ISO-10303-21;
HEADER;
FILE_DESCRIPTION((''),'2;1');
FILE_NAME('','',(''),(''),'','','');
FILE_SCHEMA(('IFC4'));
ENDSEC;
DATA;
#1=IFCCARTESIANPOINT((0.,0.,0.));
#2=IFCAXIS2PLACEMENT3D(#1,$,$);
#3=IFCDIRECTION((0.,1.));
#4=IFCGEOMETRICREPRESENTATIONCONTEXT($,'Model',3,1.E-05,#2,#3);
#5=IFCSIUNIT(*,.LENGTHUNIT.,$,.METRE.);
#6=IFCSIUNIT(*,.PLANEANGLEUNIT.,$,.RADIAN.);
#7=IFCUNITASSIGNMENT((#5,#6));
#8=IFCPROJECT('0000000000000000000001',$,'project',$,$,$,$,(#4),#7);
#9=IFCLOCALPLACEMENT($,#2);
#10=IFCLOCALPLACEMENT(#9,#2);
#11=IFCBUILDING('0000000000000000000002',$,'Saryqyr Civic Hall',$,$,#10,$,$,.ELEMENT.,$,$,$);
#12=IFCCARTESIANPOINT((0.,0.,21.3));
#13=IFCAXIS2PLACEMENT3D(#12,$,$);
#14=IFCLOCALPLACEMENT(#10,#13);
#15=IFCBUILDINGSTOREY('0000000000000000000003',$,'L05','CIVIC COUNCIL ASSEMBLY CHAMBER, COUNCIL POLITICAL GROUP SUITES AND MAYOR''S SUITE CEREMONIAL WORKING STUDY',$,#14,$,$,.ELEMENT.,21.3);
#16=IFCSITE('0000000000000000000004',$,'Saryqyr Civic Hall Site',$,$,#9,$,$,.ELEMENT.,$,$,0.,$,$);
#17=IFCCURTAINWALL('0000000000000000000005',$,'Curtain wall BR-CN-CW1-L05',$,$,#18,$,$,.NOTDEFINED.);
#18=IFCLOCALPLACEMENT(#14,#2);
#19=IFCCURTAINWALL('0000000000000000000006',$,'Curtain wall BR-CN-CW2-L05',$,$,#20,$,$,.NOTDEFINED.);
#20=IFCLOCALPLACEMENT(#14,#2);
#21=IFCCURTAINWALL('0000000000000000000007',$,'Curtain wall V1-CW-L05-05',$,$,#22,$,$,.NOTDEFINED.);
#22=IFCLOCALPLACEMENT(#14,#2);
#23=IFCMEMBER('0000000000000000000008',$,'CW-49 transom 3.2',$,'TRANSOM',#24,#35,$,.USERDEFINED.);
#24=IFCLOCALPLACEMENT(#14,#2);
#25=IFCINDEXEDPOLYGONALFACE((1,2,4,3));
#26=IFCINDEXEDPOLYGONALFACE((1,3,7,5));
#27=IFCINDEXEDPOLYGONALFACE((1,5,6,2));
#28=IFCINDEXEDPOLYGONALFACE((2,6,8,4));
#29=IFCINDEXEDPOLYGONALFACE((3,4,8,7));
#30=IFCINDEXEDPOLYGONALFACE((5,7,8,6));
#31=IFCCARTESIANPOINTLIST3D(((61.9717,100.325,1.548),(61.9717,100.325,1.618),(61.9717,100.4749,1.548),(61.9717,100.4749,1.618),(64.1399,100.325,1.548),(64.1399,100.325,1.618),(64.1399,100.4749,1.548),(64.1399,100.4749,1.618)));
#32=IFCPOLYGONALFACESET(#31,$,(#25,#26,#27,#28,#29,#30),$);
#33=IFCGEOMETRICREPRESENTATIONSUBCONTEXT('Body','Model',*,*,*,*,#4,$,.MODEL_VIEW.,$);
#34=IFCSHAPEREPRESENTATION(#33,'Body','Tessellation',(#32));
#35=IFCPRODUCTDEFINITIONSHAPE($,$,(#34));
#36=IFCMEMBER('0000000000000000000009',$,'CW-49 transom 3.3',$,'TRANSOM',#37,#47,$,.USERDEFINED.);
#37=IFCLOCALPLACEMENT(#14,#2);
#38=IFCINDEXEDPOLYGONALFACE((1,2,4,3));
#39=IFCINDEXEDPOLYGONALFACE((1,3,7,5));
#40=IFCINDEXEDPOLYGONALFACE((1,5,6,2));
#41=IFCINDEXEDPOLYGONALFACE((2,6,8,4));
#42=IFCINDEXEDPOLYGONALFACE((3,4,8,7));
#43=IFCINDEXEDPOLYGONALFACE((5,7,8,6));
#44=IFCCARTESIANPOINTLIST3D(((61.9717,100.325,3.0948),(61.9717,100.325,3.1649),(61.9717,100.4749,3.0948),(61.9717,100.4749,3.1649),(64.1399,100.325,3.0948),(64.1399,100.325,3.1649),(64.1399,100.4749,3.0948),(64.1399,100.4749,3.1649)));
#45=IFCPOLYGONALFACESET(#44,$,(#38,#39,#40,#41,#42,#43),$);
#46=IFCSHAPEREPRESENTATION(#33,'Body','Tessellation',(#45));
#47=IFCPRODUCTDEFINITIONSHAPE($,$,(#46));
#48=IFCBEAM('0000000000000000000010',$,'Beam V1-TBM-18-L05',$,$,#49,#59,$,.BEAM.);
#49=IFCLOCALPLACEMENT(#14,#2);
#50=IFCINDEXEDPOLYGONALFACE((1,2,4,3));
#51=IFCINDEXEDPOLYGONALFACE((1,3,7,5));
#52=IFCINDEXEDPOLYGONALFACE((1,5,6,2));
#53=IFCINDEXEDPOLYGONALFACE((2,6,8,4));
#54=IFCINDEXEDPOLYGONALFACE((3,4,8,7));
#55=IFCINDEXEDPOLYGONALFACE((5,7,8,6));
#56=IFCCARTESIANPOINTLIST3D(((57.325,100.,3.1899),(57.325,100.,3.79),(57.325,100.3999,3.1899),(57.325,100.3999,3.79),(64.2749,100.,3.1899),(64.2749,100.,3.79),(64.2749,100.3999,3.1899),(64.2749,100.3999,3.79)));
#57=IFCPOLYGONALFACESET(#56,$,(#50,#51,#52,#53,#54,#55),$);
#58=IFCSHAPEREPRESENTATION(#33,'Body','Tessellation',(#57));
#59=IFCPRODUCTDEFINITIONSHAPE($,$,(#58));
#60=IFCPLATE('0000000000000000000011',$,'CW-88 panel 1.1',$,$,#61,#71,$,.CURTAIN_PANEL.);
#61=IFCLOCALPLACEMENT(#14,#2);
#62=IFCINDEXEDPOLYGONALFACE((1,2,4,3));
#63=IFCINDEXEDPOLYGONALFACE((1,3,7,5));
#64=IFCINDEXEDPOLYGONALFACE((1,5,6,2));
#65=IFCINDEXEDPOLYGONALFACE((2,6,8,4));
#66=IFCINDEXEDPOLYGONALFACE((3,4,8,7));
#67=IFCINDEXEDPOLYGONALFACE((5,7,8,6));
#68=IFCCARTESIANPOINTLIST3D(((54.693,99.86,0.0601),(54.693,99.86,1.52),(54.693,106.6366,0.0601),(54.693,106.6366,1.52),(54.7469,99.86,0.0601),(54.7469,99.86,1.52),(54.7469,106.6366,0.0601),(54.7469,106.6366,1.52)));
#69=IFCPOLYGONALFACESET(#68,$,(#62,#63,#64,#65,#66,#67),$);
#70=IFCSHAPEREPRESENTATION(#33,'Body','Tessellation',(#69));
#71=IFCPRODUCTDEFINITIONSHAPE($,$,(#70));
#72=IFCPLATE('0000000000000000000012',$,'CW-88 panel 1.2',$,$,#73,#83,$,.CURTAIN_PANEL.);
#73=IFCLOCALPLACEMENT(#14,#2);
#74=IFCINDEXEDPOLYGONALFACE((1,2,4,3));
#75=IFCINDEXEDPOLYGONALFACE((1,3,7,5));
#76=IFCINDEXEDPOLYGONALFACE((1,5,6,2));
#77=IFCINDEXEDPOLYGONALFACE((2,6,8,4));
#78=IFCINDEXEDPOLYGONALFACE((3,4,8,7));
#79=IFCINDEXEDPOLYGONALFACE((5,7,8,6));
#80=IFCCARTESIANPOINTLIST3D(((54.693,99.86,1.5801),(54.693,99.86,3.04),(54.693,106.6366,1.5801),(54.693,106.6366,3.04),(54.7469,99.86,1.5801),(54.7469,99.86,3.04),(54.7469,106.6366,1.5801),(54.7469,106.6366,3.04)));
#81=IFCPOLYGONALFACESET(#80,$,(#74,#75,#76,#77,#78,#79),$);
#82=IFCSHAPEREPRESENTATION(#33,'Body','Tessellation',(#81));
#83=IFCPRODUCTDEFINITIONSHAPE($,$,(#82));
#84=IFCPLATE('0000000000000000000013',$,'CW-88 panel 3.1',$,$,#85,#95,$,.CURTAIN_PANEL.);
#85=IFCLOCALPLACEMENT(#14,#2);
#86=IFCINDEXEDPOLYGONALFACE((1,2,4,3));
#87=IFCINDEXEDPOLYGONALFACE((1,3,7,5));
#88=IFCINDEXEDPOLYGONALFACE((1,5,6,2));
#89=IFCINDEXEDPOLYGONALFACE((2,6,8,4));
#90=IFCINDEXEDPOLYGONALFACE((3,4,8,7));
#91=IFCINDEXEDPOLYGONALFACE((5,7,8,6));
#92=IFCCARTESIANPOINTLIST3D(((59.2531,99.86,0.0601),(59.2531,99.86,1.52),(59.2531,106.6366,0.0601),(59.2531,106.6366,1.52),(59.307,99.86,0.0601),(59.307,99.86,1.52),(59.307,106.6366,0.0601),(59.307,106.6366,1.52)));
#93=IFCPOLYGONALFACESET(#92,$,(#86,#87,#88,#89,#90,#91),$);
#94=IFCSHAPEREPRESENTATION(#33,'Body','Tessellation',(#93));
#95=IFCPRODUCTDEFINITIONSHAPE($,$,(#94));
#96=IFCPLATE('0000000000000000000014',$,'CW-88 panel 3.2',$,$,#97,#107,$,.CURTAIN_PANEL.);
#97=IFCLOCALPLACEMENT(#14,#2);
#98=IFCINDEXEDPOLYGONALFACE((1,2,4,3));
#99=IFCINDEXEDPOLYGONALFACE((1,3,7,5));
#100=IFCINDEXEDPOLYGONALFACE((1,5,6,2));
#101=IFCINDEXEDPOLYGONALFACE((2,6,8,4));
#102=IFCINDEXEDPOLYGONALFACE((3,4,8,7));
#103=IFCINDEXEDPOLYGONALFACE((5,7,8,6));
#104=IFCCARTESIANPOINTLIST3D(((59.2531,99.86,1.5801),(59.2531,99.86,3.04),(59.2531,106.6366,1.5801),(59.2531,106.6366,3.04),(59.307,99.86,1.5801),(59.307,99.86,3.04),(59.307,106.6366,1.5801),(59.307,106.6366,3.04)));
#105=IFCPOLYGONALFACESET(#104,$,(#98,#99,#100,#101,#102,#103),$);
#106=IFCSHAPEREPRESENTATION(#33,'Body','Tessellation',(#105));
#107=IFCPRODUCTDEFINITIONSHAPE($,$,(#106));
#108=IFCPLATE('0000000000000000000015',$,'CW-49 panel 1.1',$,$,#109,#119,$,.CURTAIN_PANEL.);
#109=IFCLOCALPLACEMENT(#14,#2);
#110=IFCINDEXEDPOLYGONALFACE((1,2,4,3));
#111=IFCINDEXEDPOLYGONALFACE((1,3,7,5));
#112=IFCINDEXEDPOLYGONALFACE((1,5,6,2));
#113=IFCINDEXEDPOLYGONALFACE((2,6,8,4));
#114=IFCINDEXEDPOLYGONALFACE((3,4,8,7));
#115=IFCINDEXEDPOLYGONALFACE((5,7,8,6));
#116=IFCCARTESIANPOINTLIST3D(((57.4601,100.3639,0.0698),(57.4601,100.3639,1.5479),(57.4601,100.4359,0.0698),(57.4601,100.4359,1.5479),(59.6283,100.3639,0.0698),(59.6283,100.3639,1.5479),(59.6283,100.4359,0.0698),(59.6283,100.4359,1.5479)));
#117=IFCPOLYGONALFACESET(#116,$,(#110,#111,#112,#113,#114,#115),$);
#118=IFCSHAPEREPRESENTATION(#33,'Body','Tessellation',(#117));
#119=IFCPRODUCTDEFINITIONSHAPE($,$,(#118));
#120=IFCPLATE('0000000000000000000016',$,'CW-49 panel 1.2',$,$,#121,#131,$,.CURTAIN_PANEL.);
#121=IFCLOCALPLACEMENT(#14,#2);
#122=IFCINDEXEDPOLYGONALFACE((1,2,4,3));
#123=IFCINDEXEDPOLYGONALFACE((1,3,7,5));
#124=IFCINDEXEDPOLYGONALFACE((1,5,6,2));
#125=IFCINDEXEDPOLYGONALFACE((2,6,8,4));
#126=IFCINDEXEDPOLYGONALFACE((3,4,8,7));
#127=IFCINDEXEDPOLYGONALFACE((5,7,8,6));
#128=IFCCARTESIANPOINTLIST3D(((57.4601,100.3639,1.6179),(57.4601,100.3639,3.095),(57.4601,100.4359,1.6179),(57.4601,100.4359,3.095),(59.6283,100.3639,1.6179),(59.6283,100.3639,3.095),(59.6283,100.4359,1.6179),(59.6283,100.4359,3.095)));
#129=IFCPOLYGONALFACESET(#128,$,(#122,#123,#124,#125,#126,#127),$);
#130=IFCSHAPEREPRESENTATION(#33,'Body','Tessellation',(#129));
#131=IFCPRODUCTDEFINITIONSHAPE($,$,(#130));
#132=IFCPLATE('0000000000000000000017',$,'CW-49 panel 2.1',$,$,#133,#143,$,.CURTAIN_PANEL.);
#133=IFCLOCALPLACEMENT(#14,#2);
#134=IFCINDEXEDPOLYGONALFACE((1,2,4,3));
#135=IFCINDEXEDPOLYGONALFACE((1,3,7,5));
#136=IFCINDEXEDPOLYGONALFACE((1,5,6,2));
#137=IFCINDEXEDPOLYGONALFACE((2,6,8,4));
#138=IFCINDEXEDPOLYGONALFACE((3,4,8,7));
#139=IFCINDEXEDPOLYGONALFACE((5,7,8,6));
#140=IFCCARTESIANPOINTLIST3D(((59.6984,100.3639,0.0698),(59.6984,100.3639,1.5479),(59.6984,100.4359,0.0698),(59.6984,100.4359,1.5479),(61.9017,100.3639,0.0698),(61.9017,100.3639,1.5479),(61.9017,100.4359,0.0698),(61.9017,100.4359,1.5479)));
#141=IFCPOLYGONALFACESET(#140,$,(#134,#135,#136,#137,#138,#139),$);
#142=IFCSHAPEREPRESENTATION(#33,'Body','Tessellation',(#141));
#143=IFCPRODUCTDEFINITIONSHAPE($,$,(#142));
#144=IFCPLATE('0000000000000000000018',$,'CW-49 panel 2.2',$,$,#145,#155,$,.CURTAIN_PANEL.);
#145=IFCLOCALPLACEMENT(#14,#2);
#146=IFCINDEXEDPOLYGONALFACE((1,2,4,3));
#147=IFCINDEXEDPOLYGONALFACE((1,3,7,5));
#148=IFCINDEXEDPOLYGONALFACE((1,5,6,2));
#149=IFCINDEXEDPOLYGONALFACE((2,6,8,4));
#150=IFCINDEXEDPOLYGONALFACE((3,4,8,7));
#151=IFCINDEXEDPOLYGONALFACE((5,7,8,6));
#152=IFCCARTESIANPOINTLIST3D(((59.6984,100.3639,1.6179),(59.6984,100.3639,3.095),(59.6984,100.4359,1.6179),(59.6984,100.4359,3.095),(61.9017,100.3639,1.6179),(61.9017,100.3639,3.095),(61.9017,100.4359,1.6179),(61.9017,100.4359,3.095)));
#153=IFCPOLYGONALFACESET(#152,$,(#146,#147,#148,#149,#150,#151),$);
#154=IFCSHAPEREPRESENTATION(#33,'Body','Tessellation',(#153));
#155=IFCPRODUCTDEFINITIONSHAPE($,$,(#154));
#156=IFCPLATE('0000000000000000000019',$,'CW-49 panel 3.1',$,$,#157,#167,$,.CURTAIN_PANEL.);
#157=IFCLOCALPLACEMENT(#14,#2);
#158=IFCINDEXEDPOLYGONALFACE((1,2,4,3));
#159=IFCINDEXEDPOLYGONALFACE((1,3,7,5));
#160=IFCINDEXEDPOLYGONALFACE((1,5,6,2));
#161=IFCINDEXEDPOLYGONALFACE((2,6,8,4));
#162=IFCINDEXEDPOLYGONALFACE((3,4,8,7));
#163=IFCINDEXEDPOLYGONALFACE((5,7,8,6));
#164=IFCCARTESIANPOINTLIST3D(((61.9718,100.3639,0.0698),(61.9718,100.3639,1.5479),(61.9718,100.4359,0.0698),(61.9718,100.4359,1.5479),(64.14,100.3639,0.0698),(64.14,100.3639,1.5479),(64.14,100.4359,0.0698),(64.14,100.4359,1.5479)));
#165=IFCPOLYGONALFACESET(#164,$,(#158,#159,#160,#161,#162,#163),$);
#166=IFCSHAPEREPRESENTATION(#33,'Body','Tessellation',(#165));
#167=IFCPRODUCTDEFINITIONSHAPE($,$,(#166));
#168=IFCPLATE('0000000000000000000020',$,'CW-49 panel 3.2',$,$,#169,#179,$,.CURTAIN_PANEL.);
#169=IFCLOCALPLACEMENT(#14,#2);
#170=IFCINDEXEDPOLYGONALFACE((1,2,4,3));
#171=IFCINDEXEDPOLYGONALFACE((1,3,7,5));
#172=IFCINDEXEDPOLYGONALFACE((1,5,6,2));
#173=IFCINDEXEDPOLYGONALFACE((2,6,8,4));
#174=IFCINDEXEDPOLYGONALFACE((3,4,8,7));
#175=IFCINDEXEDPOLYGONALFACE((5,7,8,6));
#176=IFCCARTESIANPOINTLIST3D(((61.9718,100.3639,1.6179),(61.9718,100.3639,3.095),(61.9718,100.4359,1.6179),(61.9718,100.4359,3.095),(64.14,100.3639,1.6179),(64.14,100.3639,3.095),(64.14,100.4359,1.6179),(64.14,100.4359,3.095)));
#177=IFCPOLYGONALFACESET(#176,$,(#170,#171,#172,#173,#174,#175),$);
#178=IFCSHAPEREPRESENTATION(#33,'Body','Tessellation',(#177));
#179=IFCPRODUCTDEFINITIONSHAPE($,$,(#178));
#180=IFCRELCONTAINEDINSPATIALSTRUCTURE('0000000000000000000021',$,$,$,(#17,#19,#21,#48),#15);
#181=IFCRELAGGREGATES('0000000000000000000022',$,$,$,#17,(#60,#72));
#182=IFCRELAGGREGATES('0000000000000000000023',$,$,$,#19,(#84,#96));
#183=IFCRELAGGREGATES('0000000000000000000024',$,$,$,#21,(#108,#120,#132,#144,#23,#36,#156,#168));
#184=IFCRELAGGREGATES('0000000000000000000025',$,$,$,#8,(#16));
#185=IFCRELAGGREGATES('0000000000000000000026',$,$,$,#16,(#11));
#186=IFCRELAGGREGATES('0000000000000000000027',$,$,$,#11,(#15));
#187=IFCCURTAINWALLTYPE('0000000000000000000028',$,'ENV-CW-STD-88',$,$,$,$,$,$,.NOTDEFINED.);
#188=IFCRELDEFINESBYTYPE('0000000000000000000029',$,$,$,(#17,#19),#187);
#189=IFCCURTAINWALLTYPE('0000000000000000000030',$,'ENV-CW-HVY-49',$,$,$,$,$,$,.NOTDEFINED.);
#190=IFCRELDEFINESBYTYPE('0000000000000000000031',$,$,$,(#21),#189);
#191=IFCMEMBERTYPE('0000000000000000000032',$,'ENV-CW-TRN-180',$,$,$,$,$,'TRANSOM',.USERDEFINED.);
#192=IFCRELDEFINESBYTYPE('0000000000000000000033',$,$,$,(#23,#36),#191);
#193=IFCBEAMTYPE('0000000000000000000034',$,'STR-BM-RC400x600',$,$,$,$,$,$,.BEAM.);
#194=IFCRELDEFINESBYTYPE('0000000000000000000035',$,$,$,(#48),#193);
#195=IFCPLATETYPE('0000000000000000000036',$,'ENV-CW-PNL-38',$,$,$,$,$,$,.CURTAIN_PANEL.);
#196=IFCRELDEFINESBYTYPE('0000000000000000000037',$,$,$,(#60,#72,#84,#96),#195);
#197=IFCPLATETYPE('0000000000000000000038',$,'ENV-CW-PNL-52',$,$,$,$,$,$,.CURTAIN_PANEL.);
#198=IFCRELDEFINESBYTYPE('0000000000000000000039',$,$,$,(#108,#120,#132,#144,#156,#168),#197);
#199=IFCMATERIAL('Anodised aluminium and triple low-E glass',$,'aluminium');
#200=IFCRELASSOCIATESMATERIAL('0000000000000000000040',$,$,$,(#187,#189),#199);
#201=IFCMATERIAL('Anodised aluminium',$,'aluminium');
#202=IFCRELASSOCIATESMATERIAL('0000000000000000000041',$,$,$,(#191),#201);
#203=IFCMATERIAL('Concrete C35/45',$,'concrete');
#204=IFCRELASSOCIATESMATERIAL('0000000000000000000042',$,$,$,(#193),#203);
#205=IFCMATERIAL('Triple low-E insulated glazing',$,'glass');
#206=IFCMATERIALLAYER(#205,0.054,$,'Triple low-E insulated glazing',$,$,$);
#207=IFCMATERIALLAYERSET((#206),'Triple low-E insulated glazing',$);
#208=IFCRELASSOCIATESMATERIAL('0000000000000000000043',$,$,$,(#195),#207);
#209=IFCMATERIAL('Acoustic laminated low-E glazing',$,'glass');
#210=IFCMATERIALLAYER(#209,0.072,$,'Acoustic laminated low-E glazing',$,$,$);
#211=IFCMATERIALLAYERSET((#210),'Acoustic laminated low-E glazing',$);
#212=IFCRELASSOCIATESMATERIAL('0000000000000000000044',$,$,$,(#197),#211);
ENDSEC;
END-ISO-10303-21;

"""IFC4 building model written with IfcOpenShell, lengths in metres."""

from ifc_helpers import new_model, si_unit, direction, frame, origin, origin_2d, place, context, subcontext, project, spatial, rectangle, extrude, material, layer, layer_set, material_profile, profile_set, type_object, element, aggregate, save


model = new_model("IFC4")

# Units and contexts
model_context = context("Model", 3, precision=1e-05, world=origin(), true_north=direction((0.0, 1.0)))
body_context = subcontext(model_context, "Body", "Model", "MODEL_VIEW")
ifc_project = project(units=[si_unit("LENGTHUNIT", "METRE"), si_unit("PLANEANGLEUNIT", "RADIAN")], contexts=[model_context])

# Site, building, storey
site_placement = place(None, origin())
site = spatial("IfcSite", under=ifc_project, at=site_placement, Name="Saryqyr Civic Hall Site", CompositionType="ELEMENT", RefElevation=0.0)
building_placement = place(site_placement, origin())
building = spatial("IfcBuilding", under=site, at=building_placement, Name="Saryqyr Civic Hall", CompositionType="ELEMENT")
storey_placement = place(building_placement, frame((0.0, 0.0, 21.3)))
storey = spatial("IfcBuildingStorey", under=building, at=storey_placement, Name="L05", Description="CIVIC COUNCIL ASSEMBLY CHAMBER, COUNCIL POLITICAL GROUP SUITES AND MAYOR'S SUITE CEREMONIAL WORKING STUDY", CompositionType="ELEMENT", Elevation=21.3)

# Curtain walls
ifc_material_1 = material(Name="Anodised aluminium and triple low-E glass", Category="aluminium")
curtain_wall_type_1 = type_object("IfcCurtainWallType", Name="ENV-CW-STD-88", PredefinedType="NOTDEFINED", material=ifc_material_1)
curtain_wall_1_placement = place(storey_placement, origin())
curtain_wall_1 = element("IfcCurtainWall", 1, at=curtain_wall_1_placement, inside=storey, type_object=curtain_wall_type_1, Name="Curtain wall BR-CN-CW1-L05", PredefinedType="NOTDEFINED")
ifc_material_2 = material(Name="Anodised aluminium", Category="aluminium")
curtain_wall_2_placement = place(storey_placement, origin())
curtain_wall_2 = element("IfcCurtainWall", 2, at=curtain_wall_2_placement, inside=storey, type_object=curtain_wall_type_1, Name="Curtain wall BR-CN-CW2-L05", PredefinedType="NOTDEFINED")

# Curtain wall
curtain_wall_type_2 = type_object("IfcCurtainWallType", Name="ENV-CW-HVY-49", PredefinedType="NOTDEFINED", material=ifc_material_1)
curtain_wall_3_placement = place(storey_placement, origin())
curtain_wall_3 = element("IfcCurtainWall", 3, at=curtain_wall_3_placement, inside=storey, type_object=curtain_wall_type_2, Name="Curtain wall V1-CW-L05-05", PredefinedType="NOTDEFINED")

# Members
ifc_material_profile_1 = material_profile(ifc_material_2, rectangle(XDim=0.1499, YDim=0.0701, at=origin_2d()), Name="ALU TRANSOM 150x70")
ifc_profile_set_1 = profile_set([ifc_material_profile_1], Name="Anodised aluminium")
member_type_1 = type_object("IfcMemberType", Name="ENV-CW-TRN-180", ElementType="TRANSOM", PredefinedType="USERDEFINED", material=ifc_profile_set_1)
member_1_placement = place(storey_placement, frame((61.9717, 100.3999, 1.583), z_axis=(1.0, 0.0, 0.0), x_axis=(0.0, 1.0, 0.0)))
member_1 = element("IfcMember", 4, at=member_1_placement, type_object=member_type_1, Name="CW-49 transom 3.2", ObjectType="TRANSOM", PredefinedType="USERDEFINED", context=body_context, shape_type="SweptSolid", body=[
    extrude(rectangle(XDim=0.1499, YDim=0.0701, at=origin_2d()), origin(), (0.0, 0.0, 1.0), 2.1682),
])
member_2_placement = place(storey_placement, frame((61.9717, 100.3999, 3.1299), z_axis=(1.0, 0.0, 0.0), x_axis=(0.0, 1.0, 0.0)))
member_2 = element("IfcMember", 5, at=member_2_placement, type_object=member_type_1, Name="CW-49 transom 3.3", ObjectType="TRANSOM", PredefinedType="USERDEFINED", context=body_context, shape_type="SweptSolid", body=[
    extrude(rectangle(XDim=0.1499, YDim=0.0701, at=origin_2d()), origin(), (0.0, 0.0, 1.0), 2.1682),
])

# Beam
ifc_material_3 = material(Name="Concrete C35/45", Category="concrete")
ifc_material_profile_2 = material_profile(ifc_material_3, rectangle(XDim=0.3999, YDim=0.6001, at=origin_2d()), Name="RC 400x600")
ifc_profile_set_2 = profile_set([ifc_material_profile_2], Name="Concrete C35/45")
beam_type = type_object("IfcBeamType", Name="STR-BM-RC400x600", PredefinedType="BEAM", material=ifc_profile_set_2)
beam_placement = place(storey_placement, frame((57.325, 100.2, 3.49), z_axis=(1.0, 0.0, 0.0), x_axis=(0.0, 1.0, 0.0)))
element("IfcBeam", 6, at=beam_placement, inside=storey, type_object=beam_type, Name="Beam V1-TBM-18-L05", PredefinedType="BEAM", context=body_context, shape_type="SweptSolid", body=[
    extrude(rectangle(XDim=0.3999, YDim=0.6001, at=origin_2d()), origin(), (0.0, 0.0, 1.0), 6.95),
])

# Plates
ifc_material_4 = material(Name="Triple low-E insulated glazing", Category="glass")
ifc_layer_1 = layer(ifc_material_4, 0.054, Name="Triple low-E insulated glazing")
ifc_layer_set_1 = layer_set([ifc_layer_1], Name="Triple low-E insulated glazing")
plate_type_1 = type_object("IfcPlateType", Name="ENV-CW-PNL-38", PredefinedType="CURTAIN_PANEL", material=ifc_layer_set_1)
plate_1_placement = place(storey_placement, frame((54.72, 103.2483, 0.0601), z_axis=(0.0, 0.0, 1.0), x_axis=(0.0, 1.0, 0.0)))
plate_1 = element("IfcPlate", 7, at=plate_1_placement, type_object=plate_type_1, Name="CW-88 panel 1.1", PredefinedType="CURTAIN_PANEL", context=body_context, shape_type="SweptSolid", body=[
    extrude(rectangle(XDim=6.7766, YDim=0.054, at=origin_2d()), origin(), (0.0, 0.0, 1.0), 1.46),
])
plate_2_placement = place(storey_placement, frame((54.72, 103.2483, 1.5801), z_axis=(0.0, 0.0, 1.0), x_axis=(0.0, 1.0, 0.0)))
plate_2 = element("IfcPlate", 8, at=plate_2_placement, type_object=plate_type_1, Name="CW-88 panel 1.2", PredefinedType="CURTAIN_PANEL", context=body_context, shape_type="SweptSolid", body=[
    extrude(rectangle(XDim=6.7766, YDim=0.054, at=origin_2d()), origin(), (0.0, 0.0, 1.0), 1.46),
])
aggregate(curtain_wall_1, [plate_1, plate_2])
plate_3_placement = place(storey_placement, frame((59.28, 103.2483, 0.0601), z_axis=(0.0, 0.0, 1.0), x_axis=(0.0, -1.0, 0.0)))
plate_3 = element("IfcPlate", 9, at=plate_3_placement, type_object=plate_type_1, Name="CW-88 panel 3.1", PredefinedType="CURTAIN_PANEL", context=body_context, shape_type="SweptSolid", body=[
    extrude(rectangle(XDim=6.7766, YDim=0.054, at=origin_2d()), origin(), (0.0, 0.0, 1.0), 1.46),
])
plate_4_placement = place(storey_placement, frame((59.28, 103.2483, 1.5801), z_axis=(0.0, 0.0, 1.0), x_axis=(0.0, -1.0, 0.0)))
plate_4 = element("IfcPlate", 10, at=plate_4_placement, type_object=plate_type_1, Name="CW-88 panel 3.2", PredefinedType="CURTAIN_PANEL", context=body_context, shape_type="SweptSolid", body=[
    extrude(rectangle(XDim=6.7766, YDim=0.054, at=origin_2d()), origin(), (0.0, 0.0, 1.0), 1.46),
])
aggregate(curtain_wall_2, [plate_3, plate_4])
ifc_material_5 = material(Name="Acoustic laminated low-E glazing", Category="glass")
ifc_layer_2 = layer(ifc_material_5, 0.072, Name="Acoustic laminated low-E glazing")
ifc_layer_set_2 = layer_set([ifc_layer_2], Name="Acoustic laminated low-E glazing")
plate_type_2 = type_object("IfcPlateType", Name="ENV-CW-PNL-52", PredefinedType="CURTAIN_PANEL", material=ifc_layer_set_2)
plate_5_placement = place(storey_placement, frame((58.5442, 100.3999, 0.0698), z_axis=(0.0, 0.0, 1.0), x_axis=(1.0, 0.0, 0.0)))
plate_5 = element("IfcPlate", 11, at=plate_5_placement, type_object=plate_type_2, Name="CW-49 panel 1.1", PredefinedType="CURTAIN_PANEL", context=body_context, shape_type="SweptSolid", body=[
    extrude(rectangle(XDim=2.1682, YDim=0.072, at=origin_2d()), origin(), (0.0, 0.0, 1.0), 1.478),
])
plate_6_placement = place(storey_placement, frame((58.5442, 100.3999, 1.6179), z_axis=(0.0, 0.0, 1.0), x_axis=(1.0, 0.0, 0.0)))
plate_6 = element("IfcPlate", 12, at=plate_6_placement, type_object=plate_type_2, Name="CW-49 panel 1.2", PredefinedType="CURTAIN_PANEL", context=body_context, shape_type="SweptSolid", body=[
    extrude(rectangle(XDim=2.1682, YDim=0.072, at=origin_2d()), origin(), (0.0, 0.0, 1.0), 1.4771),
])
plate_7_placement = place(storey_placement, frame((60.8, 100.3999, 0.0698), z_axis=(0.0, 0.0, 1.0), x_axis=(1.0, 0.0, 0.0)))
plate_7 = element("IfcPlate", 13, at=plate_7_placement, type_object=plate_type_2, Name="CW-49 panel 2.1", PredefinedType="CURTAIN_PANEL", context=body_context, shape_type="SweptSolid", body=[
    extrude(rectangle(XDim=2.2034, YDim=0.072, at=origin_2d()), origin(), (0.0, 0.0, 1.0), 1.478),
])
plate_8_placement = place(storey_placement, frame((60.8, 100.3999, 1.6179), z_axis=(0.0, 0.0, 1.0), x_axis=(1.0, 0.0, 0.0)))
plate_8 = element("IfcPlate", 14, at=plate_8_placement, type_object=plate_type_2, Name="CW-49 panel 2.2", PredefinedType="CURTAIN_PANEL", context=body_context, shape_type="SweptSolid", body=[
    extrude(rectangle(XDim=2.2034, YDim=0.072, at=origin_2d()), origin(), (0.0, 0.0, 1.0), 1.4771),
])
plate_9_placement = place(storey_placement, frame((63.0559, 100.3999, 0.0698), z_axis=(0.0, 0.0, 1.0), x_axis=(1.0, 0.0, 0.0)))
plate_9 = element("IfcPlate", 15, at=plate_9_placement, type_object=plate_type_2, Name="CW-49 panel 3.1", PredefinedType="CURTAIN_PANEL", context=body_context, shape_type="SweptSolid", body=[
    extrude(rectangle(XDim=2.1682, YDim=0.072, at=origin_2d()), origin(), (0.0, 0.0, 1.0), 1.478),
])
plate_10_placement = place(storey_placement, frame((63.0559, 100.3999, 1.6179), z_axis=(0.0, 0.0, 1.0), x_axis=(1.0, 0.0, 0.0)))
plate_10 = element("IfcPlate", 16, at=plate_10_placement, type_object=plate_type_2, Name="CW-49 panel 3.2", PredefinedType="CURTAIN_PANEL", context=body_context, shape_type="SweptSolid", body=[
    extrude(rectangle(XDim=2.1682, YDim=0.072, at=origin_2d()), origin(), (0.0, 0.0, 1.0), 1.4771),
])
aggregate(curtain_wall_3, [plate_5, plate_6, plate_7, plate_8, member_1, member_2, plate_9, plate_10])

save(model, "model.ifc")
